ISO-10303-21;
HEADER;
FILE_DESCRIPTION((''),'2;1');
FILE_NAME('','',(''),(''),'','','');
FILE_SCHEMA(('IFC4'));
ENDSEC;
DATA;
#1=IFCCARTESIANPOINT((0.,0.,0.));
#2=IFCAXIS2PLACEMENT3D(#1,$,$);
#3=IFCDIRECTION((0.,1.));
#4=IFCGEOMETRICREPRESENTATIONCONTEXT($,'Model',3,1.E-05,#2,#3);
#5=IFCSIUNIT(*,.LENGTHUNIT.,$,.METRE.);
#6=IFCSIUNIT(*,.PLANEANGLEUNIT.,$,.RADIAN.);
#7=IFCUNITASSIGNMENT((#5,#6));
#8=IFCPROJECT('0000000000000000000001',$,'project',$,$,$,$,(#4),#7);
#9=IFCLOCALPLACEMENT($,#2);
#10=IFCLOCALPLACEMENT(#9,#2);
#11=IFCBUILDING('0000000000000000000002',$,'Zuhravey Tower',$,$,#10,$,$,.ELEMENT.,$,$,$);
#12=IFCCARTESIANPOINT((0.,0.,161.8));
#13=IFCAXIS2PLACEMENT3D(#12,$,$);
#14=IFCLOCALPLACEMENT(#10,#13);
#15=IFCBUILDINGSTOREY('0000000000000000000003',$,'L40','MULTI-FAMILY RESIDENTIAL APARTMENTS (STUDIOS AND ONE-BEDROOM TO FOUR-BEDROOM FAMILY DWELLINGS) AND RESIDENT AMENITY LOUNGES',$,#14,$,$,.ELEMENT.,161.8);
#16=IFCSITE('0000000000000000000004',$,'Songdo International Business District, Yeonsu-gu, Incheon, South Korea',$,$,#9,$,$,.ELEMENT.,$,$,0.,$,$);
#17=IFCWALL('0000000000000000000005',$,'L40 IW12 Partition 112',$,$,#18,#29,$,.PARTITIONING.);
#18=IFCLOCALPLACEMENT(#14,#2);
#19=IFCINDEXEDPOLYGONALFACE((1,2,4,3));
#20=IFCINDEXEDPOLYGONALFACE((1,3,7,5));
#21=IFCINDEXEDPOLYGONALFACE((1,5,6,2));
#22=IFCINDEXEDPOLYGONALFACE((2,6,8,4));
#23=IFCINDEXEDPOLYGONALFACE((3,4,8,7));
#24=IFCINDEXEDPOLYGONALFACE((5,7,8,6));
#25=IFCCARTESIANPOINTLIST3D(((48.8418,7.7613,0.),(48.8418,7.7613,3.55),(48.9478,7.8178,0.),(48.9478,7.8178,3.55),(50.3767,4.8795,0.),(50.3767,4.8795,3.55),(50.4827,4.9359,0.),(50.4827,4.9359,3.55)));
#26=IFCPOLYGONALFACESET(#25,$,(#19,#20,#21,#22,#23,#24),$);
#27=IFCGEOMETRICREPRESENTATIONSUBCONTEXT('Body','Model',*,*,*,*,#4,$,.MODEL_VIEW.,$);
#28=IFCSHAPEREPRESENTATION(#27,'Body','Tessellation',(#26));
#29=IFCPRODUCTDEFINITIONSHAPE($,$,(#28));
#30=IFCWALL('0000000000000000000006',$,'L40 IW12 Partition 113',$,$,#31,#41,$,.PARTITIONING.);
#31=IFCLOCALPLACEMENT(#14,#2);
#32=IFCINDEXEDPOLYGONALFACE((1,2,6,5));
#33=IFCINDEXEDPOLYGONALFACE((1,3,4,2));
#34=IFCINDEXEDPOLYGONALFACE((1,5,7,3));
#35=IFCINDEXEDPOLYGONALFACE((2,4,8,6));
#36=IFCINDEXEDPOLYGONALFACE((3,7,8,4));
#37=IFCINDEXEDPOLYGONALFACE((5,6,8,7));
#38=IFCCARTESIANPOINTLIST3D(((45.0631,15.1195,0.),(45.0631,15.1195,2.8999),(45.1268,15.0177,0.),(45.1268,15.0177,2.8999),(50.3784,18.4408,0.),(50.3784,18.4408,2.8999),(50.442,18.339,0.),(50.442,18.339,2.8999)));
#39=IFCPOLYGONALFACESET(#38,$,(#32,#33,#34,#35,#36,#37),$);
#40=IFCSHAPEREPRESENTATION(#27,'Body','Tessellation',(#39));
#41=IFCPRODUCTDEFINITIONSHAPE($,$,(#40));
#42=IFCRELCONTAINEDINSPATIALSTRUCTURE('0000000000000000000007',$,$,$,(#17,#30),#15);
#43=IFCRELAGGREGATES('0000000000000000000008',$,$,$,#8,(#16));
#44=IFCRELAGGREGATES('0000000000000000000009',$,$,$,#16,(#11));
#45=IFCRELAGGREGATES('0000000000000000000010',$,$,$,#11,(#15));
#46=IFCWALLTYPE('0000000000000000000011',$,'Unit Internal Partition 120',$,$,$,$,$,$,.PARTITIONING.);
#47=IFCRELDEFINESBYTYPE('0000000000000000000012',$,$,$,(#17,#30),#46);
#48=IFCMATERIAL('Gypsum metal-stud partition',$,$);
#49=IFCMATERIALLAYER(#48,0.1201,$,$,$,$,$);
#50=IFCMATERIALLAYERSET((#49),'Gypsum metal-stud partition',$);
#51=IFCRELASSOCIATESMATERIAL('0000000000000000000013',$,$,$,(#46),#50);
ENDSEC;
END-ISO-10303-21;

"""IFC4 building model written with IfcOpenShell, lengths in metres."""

from ifc_helpers import new_model, si_unit, direction, frame, frame_2d, origin, place, context, subcontext, project, spatial, rectangle, extrude, material, layer, layer_set, type_object, element, save


model = new_model("IFC4")

# Units and contexts
model_context = context("Model", 3, precision=1e-05, world=origin(), true_north=direction((0.0, 1.0)))
body_context = subcontext(model_context, "Body", "Model", "MODEL_VIEW")
ifc_project = project(units=[si_unit("LENGTHUNIT", "METRE"), si_unit("PLANEANGLEUNIT", "RADIAN")], contexts=[model_context])

# Site, building, storey
site_placement = place(None, origin())
site = spatial("IfcSite", under=ifc_project, at=site_placement, Name="Songdo International Business District, Yeonsu-gu, Incheon, South Korea", CompositionType="ELEMENT", RefElevation=0.0)
building_placement = place(site_placement, origin())
building = spatial("IfcBuilding", under=site, at=building_placement, Name="Zuhravey Tower", CompositionType="ELEMENT")
storey_placement = place(building_placement, frame((0.0, 0.0, 161.8)))
storey = spatial("IfcBuildingStorey", under=building, at=storey_placement, Name="L40", Description="MULTI-FAMILY RESIDENTIAL APARTMENTS (STUDIOS AND ONE-BEDROOM TO FOUR-BEDROOM FAMILY DWELLINGS) AND RESIDENT AMENITY LOUNGES", CompositionType="ELEMENT", Elevation=161.8)

# Shared definitions
ifc_material_1 = material(Name="Gypsum metal-stud partition")
ifc_layer_1 = layer(ifc_material_1, 0.1201)
ifc_layer_set_1 = layer_set([ifc_layer_1], Name="Gypsum metal-stud partition")
wall_type_1 = type_object("IfcWallType", Name="Unit Internal Partition 120", PredefinedType="PARTITIONING", material=ifc_layer_set_1)

# Walls
wall_1_placement = place(storey_placement, frame((48.8948, 7.7896, 0.0), z_axis=(0.0, 0.0, 1.0), x_axis=(0.470095, -0.882616, 0.0)))
element("IfcWall", 1, at=wall_1_placement, inside=storey, type_object=wall_type_1, Name="L40 IW12 Partition 112", PredefinedType="PARTITIONING", context=body_context, shape_type="SweptSolid", body=[
    extrude(rectangle(XDim=3.2651, YDim=0.1201, at=frame_2d((1.6326, 0.0))), origin(), (0.0, 0.0, 1.0), 3.55),
])
wall_2_placement = place(storey_placement, frame((45.095, 15.0686, 0.0), z_axis=(0.0, 0.0, 1.0), x_axis=(0.848049, 0.529918, 0.0)))
element("IfcWall", 2, at=wall_2_placement, inside=storey, type_object=wall_type_1, Name="L40 IW12 Partition 113", PredefinedType="PARTITIONING", context=body_context, shape_type="SweptSolid", body=[
    extrude(rectangle(XDim=6.2676, YDim=0.1201, at=frame_2d((3.1338, 0.0))), origin(), (0.0, 0.0, 1.0), 2.8999),
])

save(model, "model.ifc")
